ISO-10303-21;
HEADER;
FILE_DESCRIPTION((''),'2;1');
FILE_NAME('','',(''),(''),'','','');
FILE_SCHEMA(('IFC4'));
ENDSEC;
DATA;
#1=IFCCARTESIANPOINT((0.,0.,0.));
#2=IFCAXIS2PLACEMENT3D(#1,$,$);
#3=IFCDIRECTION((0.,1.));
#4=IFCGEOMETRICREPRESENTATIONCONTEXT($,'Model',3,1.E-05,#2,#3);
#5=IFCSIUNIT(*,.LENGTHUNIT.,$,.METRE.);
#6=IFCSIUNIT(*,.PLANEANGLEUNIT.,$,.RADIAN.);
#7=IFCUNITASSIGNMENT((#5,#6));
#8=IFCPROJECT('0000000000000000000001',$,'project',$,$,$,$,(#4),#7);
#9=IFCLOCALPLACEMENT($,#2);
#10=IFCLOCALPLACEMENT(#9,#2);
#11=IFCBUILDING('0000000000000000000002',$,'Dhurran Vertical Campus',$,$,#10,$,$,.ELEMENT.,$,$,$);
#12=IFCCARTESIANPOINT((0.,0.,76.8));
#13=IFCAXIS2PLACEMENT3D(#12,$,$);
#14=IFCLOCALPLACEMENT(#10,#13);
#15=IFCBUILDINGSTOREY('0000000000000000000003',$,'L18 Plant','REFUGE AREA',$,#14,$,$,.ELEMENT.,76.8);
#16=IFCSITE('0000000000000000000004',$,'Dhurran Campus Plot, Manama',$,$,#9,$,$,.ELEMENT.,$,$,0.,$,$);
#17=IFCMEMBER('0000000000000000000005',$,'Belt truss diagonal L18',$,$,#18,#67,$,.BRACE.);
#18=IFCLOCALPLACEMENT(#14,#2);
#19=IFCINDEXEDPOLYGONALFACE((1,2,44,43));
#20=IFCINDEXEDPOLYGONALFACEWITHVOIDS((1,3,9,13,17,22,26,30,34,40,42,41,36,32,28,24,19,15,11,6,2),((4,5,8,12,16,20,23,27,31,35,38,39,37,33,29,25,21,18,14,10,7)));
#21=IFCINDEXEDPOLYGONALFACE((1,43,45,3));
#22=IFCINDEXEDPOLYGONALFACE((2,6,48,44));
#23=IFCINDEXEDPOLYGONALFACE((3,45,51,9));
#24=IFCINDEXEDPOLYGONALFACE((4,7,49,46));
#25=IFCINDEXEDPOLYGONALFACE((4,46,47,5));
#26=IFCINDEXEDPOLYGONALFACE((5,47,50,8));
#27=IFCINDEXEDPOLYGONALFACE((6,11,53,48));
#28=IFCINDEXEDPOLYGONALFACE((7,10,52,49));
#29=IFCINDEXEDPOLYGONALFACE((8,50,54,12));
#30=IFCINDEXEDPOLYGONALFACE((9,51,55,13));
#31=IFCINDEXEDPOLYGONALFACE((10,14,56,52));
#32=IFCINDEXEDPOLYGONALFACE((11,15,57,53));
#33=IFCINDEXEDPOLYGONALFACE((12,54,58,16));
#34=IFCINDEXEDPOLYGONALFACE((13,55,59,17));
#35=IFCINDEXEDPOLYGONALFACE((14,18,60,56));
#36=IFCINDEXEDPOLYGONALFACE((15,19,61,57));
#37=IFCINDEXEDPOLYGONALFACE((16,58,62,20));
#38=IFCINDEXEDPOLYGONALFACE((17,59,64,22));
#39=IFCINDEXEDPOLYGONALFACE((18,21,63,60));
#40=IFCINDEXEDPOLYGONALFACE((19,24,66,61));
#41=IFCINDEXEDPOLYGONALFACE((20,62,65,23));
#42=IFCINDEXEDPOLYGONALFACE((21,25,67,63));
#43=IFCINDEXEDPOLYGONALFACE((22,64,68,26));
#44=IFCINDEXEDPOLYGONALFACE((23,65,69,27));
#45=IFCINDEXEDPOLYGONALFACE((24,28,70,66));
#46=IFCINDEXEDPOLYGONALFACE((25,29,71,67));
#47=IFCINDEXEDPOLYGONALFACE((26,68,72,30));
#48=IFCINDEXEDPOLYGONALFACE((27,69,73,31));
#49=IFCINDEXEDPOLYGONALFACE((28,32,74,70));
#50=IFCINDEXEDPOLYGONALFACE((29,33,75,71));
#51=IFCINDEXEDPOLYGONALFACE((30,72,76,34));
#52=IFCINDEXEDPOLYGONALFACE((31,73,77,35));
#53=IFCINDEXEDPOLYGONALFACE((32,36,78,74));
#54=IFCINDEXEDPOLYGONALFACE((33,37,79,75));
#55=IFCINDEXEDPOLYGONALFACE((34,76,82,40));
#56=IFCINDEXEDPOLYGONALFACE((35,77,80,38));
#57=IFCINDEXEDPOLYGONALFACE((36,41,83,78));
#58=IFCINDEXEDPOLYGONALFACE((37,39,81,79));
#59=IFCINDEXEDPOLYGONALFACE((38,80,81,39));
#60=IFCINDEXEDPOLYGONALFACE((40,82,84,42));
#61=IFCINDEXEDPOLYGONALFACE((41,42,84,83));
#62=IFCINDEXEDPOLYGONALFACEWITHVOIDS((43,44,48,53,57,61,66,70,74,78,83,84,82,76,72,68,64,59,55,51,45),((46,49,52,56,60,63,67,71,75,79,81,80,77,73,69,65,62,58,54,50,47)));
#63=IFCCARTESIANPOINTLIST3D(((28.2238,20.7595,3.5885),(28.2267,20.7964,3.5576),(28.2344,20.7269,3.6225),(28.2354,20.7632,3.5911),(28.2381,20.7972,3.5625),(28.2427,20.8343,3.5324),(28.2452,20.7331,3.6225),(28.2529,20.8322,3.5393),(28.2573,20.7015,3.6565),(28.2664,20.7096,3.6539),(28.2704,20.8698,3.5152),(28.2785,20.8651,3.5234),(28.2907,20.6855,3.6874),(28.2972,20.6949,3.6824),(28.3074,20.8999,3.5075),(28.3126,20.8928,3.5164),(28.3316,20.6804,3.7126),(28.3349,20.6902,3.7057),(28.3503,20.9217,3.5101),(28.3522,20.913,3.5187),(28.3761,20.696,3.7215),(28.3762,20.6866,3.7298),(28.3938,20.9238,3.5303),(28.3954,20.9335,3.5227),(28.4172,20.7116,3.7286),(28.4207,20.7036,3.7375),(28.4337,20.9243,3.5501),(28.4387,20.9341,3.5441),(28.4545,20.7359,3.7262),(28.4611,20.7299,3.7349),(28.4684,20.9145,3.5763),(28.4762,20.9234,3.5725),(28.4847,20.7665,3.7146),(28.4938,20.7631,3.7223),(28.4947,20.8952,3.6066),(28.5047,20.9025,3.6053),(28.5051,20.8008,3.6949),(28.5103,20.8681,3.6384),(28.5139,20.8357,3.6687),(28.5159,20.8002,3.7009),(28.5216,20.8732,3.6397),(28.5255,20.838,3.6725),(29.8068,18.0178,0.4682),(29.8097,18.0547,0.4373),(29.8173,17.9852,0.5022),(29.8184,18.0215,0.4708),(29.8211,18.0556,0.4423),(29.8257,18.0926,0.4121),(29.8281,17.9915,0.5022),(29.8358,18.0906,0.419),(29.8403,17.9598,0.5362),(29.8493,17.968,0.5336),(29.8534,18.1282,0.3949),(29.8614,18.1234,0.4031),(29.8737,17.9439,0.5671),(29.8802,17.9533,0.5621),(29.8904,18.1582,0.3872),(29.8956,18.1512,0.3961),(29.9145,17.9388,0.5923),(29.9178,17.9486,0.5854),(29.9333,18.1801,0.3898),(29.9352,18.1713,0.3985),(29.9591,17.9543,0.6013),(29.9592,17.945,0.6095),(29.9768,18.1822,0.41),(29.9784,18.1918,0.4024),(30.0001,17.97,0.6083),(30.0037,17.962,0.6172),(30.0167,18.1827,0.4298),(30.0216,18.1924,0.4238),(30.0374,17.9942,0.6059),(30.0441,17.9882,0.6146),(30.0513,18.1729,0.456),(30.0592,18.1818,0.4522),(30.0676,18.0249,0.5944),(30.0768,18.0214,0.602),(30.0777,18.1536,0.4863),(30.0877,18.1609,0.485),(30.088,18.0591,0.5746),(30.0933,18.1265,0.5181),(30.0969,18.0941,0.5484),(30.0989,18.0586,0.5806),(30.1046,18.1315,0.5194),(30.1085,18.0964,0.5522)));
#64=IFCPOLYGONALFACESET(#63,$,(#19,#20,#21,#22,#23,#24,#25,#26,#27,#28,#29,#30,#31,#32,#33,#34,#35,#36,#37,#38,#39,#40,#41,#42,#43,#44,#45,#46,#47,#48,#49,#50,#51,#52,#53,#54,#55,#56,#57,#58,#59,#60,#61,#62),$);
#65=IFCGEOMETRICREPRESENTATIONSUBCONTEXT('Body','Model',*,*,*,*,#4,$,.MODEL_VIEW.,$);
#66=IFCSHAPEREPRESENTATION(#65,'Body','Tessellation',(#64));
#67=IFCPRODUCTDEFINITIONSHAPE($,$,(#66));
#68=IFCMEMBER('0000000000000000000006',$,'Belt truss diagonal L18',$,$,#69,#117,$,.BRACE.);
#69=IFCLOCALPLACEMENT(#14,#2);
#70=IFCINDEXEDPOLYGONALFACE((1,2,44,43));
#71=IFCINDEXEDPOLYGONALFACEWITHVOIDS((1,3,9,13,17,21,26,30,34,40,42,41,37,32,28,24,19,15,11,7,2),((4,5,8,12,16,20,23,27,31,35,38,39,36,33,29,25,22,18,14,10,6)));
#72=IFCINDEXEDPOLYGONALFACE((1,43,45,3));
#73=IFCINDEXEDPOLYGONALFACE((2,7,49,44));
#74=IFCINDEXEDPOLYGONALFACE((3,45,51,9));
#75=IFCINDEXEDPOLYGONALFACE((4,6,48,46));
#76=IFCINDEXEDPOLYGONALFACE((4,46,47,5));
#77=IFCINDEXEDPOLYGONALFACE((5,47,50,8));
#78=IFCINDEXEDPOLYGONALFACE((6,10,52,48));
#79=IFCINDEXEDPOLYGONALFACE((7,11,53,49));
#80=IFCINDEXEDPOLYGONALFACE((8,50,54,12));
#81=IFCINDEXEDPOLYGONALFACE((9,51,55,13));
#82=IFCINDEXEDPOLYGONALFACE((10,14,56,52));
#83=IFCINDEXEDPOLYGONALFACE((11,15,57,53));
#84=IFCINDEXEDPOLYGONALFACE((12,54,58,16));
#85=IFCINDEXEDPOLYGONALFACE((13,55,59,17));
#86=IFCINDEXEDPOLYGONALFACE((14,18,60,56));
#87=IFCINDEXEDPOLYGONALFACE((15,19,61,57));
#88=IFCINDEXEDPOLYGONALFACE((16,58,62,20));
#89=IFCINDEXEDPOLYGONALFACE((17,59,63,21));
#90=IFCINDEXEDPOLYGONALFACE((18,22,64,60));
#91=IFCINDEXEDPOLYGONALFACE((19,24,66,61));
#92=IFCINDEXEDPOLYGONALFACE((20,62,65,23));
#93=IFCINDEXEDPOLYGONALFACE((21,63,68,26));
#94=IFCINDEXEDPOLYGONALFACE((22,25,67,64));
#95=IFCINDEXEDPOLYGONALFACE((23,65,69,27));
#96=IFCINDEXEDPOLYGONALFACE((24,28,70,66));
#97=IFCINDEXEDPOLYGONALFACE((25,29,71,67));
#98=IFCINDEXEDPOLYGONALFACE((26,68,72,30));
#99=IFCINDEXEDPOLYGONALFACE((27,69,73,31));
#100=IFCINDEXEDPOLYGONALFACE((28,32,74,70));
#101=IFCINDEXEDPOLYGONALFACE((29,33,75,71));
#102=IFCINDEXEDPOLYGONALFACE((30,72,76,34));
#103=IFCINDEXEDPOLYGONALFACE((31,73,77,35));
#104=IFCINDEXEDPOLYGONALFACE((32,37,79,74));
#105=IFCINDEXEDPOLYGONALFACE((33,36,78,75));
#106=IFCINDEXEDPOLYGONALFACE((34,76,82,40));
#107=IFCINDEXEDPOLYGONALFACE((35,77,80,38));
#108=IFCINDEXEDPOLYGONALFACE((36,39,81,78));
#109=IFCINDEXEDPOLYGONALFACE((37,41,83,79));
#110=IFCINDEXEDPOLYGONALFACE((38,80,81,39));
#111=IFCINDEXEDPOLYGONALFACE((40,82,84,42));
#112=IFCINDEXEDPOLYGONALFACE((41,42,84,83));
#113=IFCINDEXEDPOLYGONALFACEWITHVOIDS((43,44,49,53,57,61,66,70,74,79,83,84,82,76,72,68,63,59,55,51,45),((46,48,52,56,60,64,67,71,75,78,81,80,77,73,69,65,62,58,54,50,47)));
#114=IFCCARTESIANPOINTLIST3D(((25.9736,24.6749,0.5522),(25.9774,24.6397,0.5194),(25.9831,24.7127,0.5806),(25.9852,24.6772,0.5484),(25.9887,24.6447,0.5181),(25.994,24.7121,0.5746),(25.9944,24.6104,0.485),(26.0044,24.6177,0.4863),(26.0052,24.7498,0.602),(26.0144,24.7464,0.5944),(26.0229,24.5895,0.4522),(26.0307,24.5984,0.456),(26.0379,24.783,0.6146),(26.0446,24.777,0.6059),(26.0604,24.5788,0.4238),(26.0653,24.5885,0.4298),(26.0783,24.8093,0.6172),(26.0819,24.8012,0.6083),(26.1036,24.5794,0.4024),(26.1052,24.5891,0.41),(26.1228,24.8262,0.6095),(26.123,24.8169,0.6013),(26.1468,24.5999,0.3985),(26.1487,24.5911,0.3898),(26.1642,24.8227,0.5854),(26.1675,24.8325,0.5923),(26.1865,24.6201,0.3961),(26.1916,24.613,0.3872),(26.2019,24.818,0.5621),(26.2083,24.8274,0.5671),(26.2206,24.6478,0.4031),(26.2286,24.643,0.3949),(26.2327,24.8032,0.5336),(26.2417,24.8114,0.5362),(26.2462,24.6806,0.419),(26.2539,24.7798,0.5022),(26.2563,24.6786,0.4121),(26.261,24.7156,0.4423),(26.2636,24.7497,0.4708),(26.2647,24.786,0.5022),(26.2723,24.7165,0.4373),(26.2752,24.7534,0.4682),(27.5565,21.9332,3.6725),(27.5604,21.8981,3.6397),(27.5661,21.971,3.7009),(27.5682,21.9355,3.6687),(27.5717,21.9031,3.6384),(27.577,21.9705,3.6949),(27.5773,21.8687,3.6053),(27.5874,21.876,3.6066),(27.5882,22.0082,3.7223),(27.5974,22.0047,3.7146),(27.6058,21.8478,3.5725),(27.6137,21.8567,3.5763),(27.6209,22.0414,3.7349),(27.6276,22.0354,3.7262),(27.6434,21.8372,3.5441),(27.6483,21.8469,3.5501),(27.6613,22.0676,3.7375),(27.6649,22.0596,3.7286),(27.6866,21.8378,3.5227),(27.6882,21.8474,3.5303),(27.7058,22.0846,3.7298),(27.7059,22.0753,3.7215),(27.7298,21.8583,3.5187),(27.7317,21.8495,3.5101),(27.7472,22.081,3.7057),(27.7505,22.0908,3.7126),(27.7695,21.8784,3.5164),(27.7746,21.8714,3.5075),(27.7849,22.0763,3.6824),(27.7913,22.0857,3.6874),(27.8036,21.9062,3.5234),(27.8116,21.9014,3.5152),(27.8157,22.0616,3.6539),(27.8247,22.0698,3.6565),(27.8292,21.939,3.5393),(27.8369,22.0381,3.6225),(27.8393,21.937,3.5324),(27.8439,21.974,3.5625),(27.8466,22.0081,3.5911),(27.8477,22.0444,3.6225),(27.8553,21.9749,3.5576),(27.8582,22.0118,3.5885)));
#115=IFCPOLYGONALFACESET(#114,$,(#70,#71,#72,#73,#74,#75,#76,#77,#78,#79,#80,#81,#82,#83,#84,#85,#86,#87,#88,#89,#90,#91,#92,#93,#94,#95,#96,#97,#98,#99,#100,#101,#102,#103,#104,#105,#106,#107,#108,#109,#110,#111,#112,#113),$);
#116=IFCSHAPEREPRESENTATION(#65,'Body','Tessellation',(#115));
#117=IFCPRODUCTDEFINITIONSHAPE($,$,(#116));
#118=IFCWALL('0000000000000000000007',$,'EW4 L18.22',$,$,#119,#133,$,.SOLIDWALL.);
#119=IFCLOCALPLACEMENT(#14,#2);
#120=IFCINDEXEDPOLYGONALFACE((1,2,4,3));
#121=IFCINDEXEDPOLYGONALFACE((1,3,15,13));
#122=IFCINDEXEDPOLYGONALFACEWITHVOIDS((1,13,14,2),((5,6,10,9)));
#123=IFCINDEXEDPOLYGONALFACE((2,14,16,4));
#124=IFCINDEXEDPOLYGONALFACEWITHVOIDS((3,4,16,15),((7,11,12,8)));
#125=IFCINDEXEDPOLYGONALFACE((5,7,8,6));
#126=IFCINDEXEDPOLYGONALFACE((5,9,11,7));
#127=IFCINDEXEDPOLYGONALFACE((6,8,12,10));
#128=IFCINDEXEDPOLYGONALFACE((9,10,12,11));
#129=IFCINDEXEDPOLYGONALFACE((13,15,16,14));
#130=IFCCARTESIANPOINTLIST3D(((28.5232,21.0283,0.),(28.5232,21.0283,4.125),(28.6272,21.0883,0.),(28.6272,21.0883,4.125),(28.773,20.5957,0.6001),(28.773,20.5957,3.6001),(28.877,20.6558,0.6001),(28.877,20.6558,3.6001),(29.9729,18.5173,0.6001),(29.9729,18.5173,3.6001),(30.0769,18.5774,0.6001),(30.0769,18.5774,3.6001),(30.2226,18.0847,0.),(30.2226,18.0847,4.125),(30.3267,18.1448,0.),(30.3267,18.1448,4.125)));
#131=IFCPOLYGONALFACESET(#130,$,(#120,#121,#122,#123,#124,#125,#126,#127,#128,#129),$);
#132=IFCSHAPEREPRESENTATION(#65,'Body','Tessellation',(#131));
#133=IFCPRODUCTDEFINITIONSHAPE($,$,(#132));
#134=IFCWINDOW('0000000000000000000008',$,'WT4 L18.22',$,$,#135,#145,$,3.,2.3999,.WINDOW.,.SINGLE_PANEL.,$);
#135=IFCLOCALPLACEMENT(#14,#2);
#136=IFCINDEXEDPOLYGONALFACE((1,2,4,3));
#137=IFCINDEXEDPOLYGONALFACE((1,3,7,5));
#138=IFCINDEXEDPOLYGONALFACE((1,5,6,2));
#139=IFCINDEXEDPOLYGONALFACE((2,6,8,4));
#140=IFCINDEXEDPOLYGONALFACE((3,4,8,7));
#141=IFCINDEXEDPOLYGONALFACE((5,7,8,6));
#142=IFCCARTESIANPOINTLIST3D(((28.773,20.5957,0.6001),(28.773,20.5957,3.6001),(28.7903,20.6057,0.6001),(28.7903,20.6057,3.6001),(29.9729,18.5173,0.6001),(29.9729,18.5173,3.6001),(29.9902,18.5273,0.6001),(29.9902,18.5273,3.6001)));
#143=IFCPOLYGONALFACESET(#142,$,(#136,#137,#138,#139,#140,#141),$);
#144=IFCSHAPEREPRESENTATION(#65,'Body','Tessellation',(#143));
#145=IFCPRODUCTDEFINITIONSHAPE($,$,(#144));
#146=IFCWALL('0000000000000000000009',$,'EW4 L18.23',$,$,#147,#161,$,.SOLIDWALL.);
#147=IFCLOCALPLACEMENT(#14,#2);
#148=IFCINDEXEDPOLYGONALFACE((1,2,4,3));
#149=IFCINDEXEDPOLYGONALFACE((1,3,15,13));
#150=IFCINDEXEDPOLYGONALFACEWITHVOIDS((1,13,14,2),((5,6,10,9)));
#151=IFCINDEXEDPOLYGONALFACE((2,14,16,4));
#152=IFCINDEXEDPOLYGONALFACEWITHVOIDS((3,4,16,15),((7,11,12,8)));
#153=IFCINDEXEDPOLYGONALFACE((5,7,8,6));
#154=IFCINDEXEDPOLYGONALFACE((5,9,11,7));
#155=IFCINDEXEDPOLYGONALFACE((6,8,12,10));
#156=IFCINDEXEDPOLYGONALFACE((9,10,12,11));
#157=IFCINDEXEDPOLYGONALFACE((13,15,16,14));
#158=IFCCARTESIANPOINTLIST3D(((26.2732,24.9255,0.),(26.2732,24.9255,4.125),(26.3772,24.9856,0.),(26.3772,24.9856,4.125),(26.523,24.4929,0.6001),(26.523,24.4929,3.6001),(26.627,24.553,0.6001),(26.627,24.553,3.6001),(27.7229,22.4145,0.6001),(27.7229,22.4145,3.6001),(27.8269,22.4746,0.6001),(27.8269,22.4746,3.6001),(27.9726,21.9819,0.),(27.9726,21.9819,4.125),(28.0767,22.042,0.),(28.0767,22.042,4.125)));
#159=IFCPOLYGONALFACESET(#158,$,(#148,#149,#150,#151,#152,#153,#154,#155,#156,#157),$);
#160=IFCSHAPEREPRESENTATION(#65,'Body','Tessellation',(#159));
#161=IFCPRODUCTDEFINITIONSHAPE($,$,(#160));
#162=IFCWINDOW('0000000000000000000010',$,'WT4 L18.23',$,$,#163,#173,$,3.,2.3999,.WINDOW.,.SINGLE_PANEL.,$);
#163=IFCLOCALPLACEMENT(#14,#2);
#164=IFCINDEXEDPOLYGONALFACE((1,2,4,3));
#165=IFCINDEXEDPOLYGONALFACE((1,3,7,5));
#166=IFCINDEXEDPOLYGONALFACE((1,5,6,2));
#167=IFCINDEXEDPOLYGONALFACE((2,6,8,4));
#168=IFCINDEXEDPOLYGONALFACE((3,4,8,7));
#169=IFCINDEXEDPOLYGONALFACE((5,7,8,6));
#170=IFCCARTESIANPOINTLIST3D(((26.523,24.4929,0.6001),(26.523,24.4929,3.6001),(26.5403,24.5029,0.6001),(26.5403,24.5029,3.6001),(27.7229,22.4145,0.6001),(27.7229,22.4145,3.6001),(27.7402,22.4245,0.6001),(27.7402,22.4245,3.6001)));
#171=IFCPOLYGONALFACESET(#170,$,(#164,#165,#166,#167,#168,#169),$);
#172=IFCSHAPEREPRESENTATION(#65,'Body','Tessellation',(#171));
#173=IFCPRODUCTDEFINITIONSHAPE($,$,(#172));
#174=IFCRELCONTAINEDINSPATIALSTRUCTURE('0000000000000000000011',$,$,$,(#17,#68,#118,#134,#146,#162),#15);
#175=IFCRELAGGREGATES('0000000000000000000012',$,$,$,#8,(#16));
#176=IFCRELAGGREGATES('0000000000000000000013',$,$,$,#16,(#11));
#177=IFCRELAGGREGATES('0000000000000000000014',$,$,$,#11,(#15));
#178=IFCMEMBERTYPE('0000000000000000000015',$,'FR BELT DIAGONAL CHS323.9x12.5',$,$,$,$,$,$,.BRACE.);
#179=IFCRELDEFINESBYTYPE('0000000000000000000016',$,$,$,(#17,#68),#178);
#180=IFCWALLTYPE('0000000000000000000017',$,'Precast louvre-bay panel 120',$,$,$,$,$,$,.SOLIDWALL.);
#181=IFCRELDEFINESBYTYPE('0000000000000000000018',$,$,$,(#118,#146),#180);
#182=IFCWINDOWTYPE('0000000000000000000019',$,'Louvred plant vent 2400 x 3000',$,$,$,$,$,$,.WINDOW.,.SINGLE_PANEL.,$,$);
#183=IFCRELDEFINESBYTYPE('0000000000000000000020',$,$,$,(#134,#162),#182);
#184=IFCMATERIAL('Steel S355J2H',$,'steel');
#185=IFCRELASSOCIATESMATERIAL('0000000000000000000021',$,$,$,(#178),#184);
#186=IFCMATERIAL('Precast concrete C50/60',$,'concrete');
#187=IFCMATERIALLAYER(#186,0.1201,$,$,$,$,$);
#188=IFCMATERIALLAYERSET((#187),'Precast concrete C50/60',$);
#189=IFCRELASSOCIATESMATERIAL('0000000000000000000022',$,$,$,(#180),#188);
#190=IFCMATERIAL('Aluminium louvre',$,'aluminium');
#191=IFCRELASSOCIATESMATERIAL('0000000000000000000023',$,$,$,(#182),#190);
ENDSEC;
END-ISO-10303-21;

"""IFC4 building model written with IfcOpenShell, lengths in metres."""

from ifc_helpers import new_model, si_unit, direction, frame, frame_2d, origin, origin_2d, place, context, subcontext, project, spatial, rectangle, hollow_circle, extrude, material, layer, layer_set, material_profile, profile_set, type_object, element, fill, save


model = new_model("IFC4")

# Units and contexts
model_context = context("Model", 3, precision=1e-05, world=origin(), true_north=direction((0.0, 1.0)))
body_context = subcontext(model_context, "Body", "Model", "MODEL_VIEW")
ifc_project = project(units=[si_unit("LENGTHUNIT", "METRE"), si_unit("PLANEANGLEUNIT", "RADIAN")], contexts=[model_context])

# Site, building, storey
site_placement = place(None, origin())
site = spatial("IfcSite", under=ifc_project, at=site_placement, Name="Dhurran Campus Plot, Manama", CompositionType="ELEMENT", RefElevation=0.0)
building_placement = place(site_placement, origin())
building = spatial("IfcBuilding", under=site, at=building_placement, Name="Dhurran Vertical Campus", CompositionType="ELEMENT")
storey_placement = place(building_placement, frame((0.0, 0.0, 76.8)))
storey = spatial("IfcBuildingStorey", under=building, at=storey_placement, Name="L18 Plant", Description="REFUGE AREA", CompositionType="ELEMENT", Elevation=76.8)

# Members
ifc_material_1 = material(Name="Steel S355J2H", Category="steel")
ifc_material_profile_1 = material_profile(ifc_material_1, hollow_circle(Radius=0.1619, WallThickness=0.0125, at=origin_2d()), Name="CHS323.9x12.5")
ifc_profile_set_1 = profile_set([ifc_material_profile_1], Name="Steel S355J2H")
member_type = type_object("IfcMemberType", Name="FR BELT DIAGONAL CHS323.9x12.5", PredefinedType="BRACE", material=ifc_profile_set_1)
for number, where, z_axis, x_axis, name in (
    (1, (29.9575, 18.0662, 0.5022), (-0.356119, 0.616782, 0.701968), (-0.866013, -0.500021, 0.0), "Belt truss diagonal L18"),
    (2, (26.1245, 24.7051, 0.5022), (0.356119, -0.616782, 0.701968), (0.866013, 0.500021, 0.0), "Belt truss diagonal L18"),
):
    element("IfcMember", number, at=place(storey_placement, frame(where, z_axis=z_axis, x_axis=x_axis)), inside=storey, type_object=member_type, Name=name, PredefinedType="BRACE", context=body_context, shape_type="SweptSolid", body=[
        extrude(hollow_circle(Radius=0.1619, WallThickness=0.0125, at=origin_2d()), origin(), (0.0, 0.0, 1.0), 4.4451),
    ])

# Walls, openings, windows
ifc_material_2 = material(Name="Precast concrete C50/60", Category="concrete")
ifc_layer = layer(ifc_material_2, 0.1201)
ifc_layer_set = layer_set([ifc_layer], Name="Precast concrete C50/60")
wall_type = type_object("IfcWallType", Name="Precast louvre-bay panel 120", PredefinedType="SOLIDWALL", material=ifc_layer_set)
wall_1_placement = place(storey_placement, frame((30.2747, 18.1147, 0.0), z_axis=(0.0, 0.0, 1.0), x_axis=(-0.499994, 0.866029, 0.0)))
wall_1 = element("IfcWall", 3, at=wall_1_placement, inside=storey, type_object=wall_type, Name="EW4 L18.22", PredefinedType="SOLIDWALL", context=body_context, shape_type="SweptSolid", body=[
    extrude(rectangle(XDim=3.3989, YDim=0.1201, at=frame_2d((1.6995, 0.0))), origin(), (0.0, 0.0, 1.0), 4.125),
])
opening_1_placement = place(wall_1_placement, frame((0.4995, 0.0, 0.6001)))
opening_1 = element("IfcOpeningElement", 4, at=opening_1_placement, cuts=wall_1, PredefinedType="OPENING", context=body_context, shape_type="SweptSolid", body=[
    extrude(rectangle(XDim=2.3999, YDim=3.0, at=frame_2d((1.2, 1.5))), frame((0.0, 0.0701, 0.0), z_axis=(0.0, -1.0, 0.0), x_axis=(1.0, 0.0, 0.0)), (0.0, 0.0, 1.0), 0.1401),
])
ifc_material_3 = material(Name="Aluminium louvre", Category="aluminium")
window_type = type_object("IfcWindowType", Name="Louvred plant vent 2400 x 3000", PartitioningType="SINGLE_PANEL", PredefinedType="WINDOW", material=ifc_material_3)
window_1_placement = place(opening_1_placement, origin())
window_1 = element("IfcWindow", 5, at=window_1_placement, inside=storey, type_object=window_type, Name="WT4 L18.22", OverallHeight=3.0, OverallWidth=2.3999, PartitioningType="SINGLE_PANEL", PredefinedType="WINDOW", context=body_context, shape_type="SweptSolid", body=[
    extrude(rectangle(XDim=2.3999, YDim=3.0, at=frame_2d((1.2, 1.5))), frame((0.0, 0.0601, 0.0), z_axis=(0.0, -1.0, 0.0), x_axis=(1.0, 0.0, 0.0)), (0.0, 0.0, 1.0), 0.02),
])
fill(opening_1, window_1)
wall_2_placement = place(storey_placement, frame((28.0247, 22.012, 0.0), z_axis=(0.0, 0.0, 1.0), x_axis=(-0.499994, 0.866029, 0.0)))
wall_2 = element("IfcWall", 6, at=wall_2_placement, inside=storey, type_object=wall_type, Name="EW4 L18.23", PredefinedType="SOLIDWALL", context=body_context, shape_type="SweptSolid", body=[
    extrude(rectangle(XDim=3.3989, YDim=0.1201, at=frame_2d((1.6995, 0.0))), origin(), (0.0, 0.0, 1.0), 4.125),
])
opening_2_placement = place(wall_2_placement, frame((0.4995, 0.0, 0.6001)))
opening_2 = element("IfcOpeningElement", 7, at=opening_2_placement, cuts=wall_2, PredefinedType="OPENING", context=body_context, shape_type="SweptSolid", body=[
    extrude(rectangle(XDim=2.3999, YDim=3.0, at=frame_2d((1.2, 1.5))), frame((0.0, 0.0701, 0.0), z_axis=(0.0, -1.0, 0.0), x_axis=(1.0, 0.0, 0.0)), (0.0, 0.0, 1.0), 0.1401),
])
window_2_placement = place(opening_2_placement, origin())
window_2 = element("IfcWindow", 8, at=window_2_placement, inside=storey, type_object=window_type, Name="WT4 L18.23", OverallHeight=3.0, OverallWidth=2.3999, PartitioningType="SINGLE_PANEL", PredefinedType="WINDOW", context=body_context, shape_type="SweptSolid", body=[
    extrude(rectangle(XDim=2.3999, YDim=3.0, at=frame_2d((1.2, 1.5))), frame((0.0, 0.0601, 0.0), z_axis=(0.0, -1.0, 0.0), x_axis=(1.0, 0.0, 0.0)), (0.0, 0.0, 1.0), 0.02),
])
fill(opening_2, window_2)

save(model, "model.ifc")
